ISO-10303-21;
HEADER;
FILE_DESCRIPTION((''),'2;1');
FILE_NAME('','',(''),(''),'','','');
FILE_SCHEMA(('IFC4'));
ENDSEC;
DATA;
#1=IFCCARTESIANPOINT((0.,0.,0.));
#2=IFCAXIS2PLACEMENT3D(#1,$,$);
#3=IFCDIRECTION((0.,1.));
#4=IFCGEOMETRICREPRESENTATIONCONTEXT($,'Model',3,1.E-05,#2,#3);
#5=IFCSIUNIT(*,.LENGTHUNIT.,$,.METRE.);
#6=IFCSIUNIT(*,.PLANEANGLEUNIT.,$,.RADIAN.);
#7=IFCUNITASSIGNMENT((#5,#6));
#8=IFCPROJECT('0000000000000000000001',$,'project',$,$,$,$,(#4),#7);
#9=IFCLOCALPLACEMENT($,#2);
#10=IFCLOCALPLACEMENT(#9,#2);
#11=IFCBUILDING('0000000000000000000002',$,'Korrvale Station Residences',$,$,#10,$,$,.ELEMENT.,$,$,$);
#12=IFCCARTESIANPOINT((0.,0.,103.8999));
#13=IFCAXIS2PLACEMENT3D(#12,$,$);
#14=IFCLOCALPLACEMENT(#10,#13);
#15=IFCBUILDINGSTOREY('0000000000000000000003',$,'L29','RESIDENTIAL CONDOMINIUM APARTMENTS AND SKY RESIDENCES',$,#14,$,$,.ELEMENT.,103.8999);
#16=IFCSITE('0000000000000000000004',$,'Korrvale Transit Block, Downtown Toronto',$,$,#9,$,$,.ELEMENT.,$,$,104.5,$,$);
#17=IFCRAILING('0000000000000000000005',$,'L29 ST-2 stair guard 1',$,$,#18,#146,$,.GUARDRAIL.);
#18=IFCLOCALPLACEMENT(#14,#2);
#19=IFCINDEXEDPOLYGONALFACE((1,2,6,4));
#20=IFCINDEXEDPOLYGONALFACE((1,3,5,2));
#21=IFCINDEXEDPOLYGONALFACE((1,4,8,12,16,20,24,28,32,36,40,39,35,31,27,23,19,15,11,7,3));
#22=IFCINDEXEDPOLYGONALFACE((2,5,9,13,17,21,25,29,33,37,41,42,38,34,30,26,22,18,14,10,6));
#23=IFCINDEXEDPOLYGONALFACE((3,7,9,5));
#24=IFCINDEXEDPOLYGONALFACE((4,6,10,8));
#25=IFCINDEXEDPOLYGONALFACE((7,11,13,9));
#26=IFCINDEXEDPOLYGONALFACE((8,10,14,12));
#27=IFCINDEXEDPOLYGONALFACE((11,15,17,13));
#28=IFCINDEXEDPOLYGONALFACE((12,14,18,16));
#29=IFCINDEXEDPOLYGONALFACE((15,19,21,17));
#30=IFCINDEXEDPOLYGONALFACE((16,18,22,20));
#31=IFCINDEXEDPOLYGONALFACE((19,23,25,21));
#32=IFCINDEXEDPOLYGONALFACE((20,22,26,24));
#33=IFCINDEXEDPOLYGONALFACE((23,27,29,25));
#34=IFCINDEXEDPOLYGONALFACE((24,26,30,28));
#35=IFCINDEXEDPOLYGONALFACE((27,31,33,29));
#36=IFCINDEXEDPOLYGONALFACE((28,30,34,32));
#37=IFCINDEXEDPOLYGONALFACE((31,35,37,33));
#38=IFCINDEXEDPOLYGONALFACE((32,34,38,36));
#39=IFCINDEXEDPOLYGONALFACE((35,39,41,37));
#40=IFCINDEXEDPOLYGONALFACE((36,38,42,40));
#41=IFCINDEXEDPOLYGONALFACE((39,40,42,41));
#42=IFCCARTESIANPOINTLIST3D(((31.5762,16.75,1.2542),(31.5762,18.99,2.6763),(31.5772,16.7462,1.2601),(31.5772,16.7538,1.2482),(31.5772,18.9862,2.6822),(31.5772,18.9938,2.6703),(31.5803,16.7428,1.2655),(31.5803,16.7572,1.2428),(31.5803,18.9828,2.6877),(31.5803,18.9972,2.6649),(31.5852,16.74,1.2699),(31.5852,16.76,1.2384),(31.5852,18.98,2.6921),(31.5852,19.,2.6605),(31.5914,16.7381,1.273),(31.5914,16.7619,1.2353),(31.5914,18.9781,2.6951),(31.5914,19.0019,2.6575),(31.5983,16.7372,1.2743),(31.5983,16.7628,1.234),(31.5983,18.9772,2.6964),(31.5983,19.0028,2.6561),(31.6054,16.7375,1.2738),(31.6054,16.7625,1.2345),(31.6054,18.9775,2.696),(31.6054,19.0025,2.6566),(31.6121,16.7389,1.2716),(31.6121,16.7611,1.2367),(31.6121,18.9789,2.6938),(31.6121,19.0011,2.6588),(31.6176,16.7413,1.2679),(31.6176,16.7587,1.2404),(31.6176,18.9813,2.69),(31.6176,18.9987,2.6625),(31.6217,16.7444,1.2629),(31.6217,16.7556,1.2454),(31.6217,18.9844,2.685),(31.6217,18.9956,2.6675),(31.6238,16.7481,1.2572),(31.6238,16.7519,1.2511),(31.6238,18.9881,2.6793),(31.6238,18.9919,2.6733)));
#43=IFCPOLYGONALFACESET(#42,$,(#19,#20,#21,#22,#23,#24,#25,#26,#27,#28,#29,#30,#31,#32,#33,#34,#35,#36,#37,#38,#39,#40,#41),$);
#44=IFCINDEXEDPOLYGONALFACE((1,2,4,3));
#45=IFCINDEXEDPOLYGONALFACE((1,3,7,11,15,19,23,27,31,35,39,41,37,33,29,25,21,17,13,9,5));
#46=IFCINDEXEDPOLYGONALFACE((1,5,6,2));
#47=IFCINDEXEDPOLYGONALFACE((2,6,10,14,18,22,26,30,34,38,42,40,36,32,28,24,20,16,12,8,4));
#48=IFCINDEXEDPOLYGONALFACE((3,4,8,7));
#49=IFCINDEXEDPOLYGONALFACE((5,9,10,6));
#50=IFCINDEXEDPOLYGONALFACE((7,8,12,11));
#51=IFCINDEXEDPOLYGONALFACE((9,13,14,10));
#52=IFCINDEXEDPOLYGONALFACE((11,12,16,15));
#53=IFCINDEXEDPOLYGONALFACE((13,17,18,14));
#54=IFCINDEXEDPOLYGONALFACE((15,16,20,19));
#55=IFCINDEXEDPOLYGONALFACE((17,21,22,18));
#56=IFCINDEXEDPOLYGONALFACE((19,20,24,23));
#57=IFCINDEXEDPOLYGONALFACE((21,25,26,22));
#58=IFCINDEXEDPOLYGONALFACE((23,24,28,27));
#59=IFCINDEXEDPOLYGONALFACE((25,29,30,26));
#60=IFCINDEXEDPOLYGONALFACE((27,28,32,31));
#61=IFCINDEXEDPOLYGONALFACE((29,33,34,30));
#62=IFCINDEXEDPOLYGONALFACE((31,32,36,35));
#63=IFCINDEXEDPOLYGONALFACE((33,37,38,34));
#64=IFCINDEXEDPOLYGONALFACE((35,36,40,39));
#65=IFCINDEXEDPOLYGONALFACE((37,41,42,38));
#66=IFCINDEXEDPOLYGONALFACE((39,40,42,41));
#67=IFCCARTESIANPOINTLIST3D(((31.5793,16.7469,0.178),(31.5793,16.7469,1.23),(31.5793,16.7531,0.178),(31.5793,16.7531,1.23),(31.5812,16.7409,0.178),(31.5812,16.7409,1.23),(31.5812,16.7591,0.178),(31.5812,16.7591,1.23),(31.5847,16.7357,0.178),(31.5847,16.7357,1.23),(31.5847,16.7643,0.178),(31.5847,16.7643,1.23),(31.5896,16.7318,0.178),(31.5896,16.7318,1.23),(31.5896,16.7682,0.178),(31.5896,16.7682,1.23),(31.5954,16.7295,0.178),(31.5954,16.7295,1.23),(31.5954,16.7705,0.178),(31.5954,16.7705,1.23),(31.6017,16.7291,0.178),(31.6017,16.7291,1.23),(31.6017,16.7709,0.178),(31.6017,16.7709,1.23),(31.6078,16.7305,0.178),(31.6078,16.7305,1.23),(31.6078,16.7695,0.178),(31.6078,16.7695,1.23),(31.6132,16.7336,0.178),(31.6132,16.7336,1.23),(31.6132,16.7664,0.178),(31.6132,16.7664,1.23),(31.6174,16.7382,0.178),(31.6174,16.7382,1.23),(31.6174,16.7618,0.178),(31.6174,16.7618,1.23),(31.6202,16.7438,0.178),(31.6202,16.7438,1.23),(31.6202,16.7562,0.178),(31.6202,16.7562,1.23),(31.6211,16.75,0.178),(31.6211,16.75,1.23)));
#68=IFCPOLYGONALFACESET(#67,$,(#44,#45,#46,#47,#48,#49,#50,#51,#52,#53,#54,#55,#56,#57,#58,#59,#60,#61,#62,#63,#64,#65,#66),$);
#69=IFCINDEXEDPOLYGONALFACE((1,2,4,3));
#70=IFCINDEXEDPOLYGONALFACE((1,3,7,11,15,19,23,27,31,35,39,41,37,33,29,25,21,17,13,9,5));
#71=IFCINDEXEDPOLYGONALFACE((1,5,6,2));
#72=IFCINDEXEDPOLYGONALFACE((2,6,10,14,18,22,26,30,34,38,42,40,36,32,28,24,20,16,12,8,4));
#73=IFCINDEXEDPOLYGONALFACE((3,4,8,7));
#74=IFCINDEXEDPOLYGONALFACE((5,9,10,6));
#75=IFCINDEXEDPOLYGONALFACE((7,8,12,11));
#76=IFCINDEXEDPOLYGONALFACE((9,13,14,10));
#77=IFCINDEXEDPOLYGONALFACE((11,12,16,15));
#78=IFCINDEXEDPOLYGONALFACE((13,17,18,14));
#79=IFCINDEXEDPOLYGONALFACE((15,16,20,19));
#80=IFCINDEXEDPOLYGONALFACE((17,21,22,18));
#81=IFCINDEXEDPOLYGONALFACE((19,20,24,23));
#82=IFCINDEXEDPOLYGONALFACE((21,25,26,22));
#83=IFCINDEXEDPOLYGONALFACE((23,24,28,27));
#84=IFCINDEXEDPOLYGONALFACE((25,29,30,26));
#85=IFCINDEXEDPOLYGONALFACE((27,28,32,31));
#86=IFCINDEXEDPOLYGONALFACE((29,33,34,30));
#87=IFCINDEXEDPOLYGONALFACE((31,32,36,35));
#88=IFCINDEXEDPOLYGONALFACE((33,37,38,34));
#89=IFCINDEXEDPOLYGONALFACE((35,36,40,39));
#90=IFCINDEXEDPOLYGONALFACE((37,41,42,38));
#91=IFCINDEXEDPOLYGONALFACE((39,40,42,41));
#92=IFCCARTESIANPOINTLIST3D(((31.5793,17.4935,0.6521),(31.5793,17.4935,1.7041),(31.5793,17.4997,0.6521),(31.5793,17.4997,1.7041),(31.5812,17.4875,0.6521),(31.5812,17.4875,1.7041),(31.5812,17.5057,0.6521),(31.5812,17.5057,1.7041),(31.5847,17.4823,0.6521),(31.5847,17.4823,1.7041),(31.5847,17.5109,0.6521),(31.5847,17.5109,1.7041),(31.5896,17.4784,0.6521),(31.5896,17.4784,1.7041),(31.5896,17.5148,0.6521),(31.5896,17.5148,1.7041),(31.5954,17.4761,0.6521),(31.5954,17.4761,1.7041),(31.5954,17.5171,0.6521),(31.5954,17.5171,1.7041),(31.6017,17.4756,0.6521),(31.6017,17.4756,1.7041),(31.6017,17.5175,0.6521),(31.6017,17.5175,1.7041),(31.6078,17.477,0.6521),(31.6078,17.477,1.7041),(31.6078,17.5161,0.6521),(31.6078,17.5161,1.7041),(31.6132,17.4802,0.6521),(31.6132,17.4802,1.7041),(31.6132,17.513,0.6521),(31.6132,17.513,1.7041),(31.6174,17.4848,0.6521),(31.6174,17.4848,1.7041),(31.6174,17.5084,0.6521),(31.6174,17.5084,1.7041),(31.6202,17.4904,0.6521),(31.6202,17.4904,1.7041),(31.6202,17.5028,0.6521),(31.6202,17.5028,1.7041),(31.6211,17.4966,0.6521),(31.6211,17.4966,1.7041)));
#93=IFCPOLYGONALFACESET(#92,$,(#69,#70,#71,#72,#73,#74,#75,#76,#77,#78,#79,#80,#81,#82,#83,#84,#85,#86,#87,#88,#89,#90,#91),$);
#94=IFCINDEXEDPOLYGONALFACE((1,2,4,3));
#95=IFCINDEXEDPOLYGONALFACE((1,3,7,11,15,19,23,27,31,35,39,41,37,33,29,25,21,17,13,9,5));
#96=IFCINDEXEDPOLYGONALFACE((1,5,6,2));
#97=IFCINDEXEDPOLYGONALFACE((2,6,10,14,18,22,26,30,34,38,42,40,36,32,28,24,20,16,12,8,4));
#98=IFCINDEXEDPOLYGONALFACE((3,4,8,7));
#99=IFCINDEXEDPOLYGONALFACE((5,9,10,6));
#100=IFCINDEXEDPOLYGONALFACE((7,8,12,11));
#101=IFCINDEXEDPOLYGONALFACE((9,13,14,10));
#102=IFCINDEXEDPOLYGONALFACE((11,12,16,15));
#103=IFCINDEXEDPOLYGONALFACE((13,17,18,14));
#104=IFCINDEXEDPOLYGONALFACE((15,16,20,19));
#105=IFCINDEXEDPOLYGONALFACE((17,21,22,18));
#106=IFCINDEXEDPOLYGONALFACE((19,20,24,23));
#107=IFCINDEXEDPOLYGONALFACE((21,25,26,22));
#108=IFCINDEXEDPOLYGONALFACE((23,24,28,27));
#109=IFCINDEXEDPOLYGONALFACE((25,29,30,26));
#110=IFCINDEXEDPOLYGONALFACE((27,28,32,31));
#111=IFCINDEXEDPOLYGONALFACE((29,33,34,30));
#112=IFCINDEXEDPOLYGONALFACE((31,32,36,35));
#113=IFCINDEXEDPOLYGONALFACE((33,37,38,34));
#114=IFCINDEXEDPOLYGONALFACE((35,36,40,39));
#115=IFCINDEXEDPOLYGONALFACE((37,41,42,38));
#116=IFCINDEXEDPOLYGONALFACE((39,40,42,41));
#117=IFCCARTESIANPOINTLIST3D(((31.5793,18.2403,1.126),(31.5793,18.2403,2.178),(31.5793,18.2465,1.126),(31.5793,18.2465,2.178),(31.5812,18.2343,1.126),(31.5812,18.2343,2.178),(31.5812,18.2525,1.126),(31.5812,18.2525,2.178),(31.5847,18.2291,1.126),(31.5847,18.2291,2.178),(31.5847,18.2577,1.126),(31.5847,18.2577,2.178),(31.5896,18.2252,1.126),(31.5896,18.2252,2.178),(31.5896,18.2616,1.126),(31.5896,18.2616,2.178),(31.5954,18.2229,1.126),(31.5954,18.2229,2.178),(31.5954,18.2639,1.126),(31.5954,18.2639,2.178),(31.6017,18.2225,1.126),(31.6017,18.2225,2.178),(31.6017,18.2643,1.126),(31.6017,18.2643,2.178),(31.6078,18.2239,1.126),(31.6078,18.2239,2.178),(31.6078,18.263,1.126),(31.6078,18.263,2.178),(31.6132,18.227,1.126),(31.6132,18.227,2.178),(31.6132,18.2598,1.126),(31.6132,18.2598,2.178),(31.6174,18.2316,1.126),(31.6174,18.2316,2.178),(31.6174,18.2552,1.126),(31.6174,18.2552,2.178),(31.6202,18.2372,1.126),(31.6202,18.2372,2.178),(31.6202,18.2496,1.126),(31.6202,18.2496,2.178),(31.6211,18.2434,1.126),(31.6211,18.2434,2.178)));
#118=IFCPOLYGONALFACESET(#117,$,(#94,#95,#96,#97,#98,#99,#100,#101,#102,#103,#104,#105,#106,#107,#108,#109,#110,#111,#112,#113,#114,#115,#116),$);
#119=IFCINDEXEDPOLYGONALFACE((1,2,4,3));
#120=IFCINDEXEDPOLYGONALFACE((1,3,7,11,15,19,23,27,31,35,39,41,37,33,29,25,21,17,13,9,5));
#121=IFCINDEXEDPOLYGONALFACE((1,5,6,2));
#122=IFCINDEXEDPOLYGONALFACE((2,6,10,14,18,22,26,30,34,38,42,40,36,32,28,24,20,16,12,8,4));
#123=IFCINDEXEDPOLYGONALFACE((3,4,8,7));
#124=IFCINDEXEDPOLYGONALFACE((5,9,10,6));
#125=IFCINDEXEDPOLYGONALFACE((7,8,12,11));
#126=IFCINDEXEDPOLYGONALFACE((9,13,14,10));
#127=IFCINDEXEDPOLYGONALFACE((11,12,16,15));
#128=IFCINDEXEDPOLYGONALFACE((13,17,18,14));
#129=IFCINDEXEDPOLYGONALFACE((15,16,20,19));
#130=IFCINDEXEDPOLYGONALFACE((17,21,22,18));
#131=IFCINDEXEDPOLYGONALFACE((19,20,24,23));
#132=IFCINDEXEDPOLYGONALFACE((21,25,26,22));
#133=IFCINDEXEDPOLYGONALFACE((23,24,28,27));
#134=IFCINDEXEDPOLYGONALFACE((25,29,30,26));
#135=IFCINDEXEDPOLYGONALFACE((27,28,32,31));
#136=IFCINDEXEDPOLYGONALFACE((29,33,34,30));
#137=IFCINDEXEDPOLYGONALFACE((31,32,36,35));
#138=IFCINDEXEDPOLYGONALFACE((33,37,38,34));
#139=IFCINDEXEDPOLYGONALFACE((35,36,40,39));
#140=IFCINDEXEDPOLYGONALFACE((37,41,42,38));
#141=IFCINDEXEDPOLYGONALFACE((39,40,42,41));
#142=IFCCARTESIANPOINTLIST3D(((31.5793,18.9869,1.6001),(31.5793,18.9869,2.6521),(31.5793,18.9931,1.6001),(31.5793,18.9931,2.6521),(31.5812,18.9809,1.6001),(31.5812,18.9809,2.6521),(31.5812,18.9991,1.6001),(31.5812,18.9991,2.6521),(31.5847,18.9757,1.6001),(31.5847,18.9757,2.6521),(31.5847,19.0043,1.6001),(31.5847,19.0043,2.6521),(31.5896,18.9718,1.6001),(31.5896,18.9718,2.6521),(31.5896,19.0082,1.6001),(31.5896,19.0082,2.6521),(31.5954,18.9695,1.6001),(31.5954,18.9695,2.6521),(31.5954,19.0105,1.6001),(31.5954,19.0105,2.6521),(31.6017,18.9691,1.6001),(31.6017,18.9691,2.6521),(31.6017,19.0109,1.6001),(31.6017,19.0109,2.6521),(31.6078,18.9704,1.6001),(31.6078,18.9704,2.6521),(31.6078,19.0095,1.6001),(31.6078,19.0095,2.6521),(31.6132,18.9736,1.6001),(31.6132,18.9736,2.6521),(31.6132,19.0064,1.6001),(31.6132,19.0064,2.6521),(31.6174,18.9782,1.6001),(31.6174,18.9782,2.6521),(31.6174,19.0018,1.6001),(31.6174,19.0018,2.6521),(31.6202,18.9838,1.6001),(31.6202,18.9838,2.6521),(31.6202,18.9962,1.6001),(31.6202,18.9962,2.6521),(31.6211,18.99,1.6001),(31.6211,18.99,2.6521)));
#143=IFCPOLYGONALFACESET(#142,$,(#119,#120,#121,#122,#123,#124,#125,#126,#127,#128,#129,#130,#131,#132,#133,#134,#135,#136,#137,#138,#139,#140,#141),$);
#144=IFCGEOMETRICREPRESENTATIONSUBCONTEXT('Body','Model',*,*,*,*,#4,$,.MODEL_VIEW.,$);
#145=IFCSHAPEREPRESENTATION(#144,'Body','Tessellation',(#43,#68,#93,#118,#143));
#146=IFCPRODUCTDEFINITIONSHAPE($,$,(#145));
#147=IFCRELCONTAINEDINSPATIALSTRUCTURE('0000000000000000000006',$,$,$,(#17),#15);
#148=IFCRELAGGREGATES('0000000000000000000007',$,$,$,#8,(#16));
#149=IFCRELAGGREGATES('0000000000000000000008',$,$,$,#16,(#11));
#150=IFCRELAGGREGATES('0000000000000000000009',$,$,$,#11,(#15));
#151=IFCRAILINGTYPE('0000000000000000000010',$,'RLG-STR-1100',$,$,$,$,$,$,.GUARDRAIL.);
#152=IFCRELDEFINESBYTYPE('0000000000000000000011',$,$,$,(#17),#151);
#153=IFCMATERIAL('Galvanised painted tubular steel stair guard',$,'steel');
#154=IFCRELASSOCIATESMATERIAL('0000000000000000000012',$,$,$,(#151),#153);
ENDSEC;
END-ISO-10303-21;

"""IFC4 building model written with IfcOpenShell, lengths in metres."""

from ifc_helpers import new_model, si_unit, direction, frame, origin, origin_2d, place, context, subcontext, project, spatial, circle, extrude, material, type_object, element, save


model = new_model("IFC4")

# Units and contexts
model_context = context("Model", 3, precision=1e-05, world=origin(), true_north=direction((0.0, 1.0)))
body_context = subcontext(model_context, "Body", "Model", "MODEL_VIEW")
ifc_project = project(units=[si_unit("LENGTHUNIT", "METRE"), si_unit("PLANEANGLEUNIT", "RADIAN")], contexts=[model_context])

# Site, building, storey
site_placement = place(None, origin())
site = spatial("IfcSite", under=ifc_project, at=site_placement, Name="Korrvale Transit Block, Downtown Toronto", CompositionType="ELEMENT", RefElevation=104.5)
building_placement = place(site_placement, origin())
building = spatial("IfcBuilding", under=site, at=building_placement, Name="Korrvale Station Residences", CompositionType="ELEMENT")
storey_placement = place(building_placement, frame((0.0, 0.0, 103.8999)))
storey = spatial("IfcBuildingStorey", under=building, at=storey_placement, Name="L29", Description="RESIDENTIAL CONDOMINIUM APARTMENTS AND SKY RESIDENCES", CompositionType="ELEMENT", Elevation=103.8999)

# Railing
ifc_material_1 = material(Name="Galvanised painted tubular steel stair guard", Category="steel")
railing_type_1 = type_object("IfcRailingType", Name="RLG-STR-1100", PredefinedType="GUARDRAIL", material=ifc_material_1)
railing_1_placement = place(storey_placement, frame((31.6001, 16.75, 0.178)))
element("IfcRailing", 1, at=railing_1_placement, inside=storey, type_object=railing_type_1, Name="L29 ST-2 stair guard 1", PredefinedType="GUARDRAIL", context=body_context, shape_type="SweptSolid", body=[
    extrude(circle(Radius=0.0239, at=origin_2d()), frame((0.0, 0.0, 1.0762), z_axis=(0.0, 0.844229, 0.535982), x_axis=(-1.0, 0.0, 0.0)), (0.0, 0.0, 1.0), 2.6533),
    extrude(circle(Radius=0.021, at=origin_2d()), origin(), (0.0, 0.0, 1.0), 1.052),
    extrude(circle(Radius=0.021, at=origin_2d()), frame((0.0, 0.7466, 0.4741)), (0.0, 0.0, 1.0), 1.052),
    extrude(circle(Radius=0.021, at=origin_2d()), frame((0.0, 1.4934, 0.948)), (0.0, 0.0, 1.0), 1.052),
    extrude(circle(Radius=0.021, at=origin_2d()), frame((0.0, 2.24, 1.4221)), (0.0, 0.0, 1.0), 1.052),
])

save(model, "model.ifc")
